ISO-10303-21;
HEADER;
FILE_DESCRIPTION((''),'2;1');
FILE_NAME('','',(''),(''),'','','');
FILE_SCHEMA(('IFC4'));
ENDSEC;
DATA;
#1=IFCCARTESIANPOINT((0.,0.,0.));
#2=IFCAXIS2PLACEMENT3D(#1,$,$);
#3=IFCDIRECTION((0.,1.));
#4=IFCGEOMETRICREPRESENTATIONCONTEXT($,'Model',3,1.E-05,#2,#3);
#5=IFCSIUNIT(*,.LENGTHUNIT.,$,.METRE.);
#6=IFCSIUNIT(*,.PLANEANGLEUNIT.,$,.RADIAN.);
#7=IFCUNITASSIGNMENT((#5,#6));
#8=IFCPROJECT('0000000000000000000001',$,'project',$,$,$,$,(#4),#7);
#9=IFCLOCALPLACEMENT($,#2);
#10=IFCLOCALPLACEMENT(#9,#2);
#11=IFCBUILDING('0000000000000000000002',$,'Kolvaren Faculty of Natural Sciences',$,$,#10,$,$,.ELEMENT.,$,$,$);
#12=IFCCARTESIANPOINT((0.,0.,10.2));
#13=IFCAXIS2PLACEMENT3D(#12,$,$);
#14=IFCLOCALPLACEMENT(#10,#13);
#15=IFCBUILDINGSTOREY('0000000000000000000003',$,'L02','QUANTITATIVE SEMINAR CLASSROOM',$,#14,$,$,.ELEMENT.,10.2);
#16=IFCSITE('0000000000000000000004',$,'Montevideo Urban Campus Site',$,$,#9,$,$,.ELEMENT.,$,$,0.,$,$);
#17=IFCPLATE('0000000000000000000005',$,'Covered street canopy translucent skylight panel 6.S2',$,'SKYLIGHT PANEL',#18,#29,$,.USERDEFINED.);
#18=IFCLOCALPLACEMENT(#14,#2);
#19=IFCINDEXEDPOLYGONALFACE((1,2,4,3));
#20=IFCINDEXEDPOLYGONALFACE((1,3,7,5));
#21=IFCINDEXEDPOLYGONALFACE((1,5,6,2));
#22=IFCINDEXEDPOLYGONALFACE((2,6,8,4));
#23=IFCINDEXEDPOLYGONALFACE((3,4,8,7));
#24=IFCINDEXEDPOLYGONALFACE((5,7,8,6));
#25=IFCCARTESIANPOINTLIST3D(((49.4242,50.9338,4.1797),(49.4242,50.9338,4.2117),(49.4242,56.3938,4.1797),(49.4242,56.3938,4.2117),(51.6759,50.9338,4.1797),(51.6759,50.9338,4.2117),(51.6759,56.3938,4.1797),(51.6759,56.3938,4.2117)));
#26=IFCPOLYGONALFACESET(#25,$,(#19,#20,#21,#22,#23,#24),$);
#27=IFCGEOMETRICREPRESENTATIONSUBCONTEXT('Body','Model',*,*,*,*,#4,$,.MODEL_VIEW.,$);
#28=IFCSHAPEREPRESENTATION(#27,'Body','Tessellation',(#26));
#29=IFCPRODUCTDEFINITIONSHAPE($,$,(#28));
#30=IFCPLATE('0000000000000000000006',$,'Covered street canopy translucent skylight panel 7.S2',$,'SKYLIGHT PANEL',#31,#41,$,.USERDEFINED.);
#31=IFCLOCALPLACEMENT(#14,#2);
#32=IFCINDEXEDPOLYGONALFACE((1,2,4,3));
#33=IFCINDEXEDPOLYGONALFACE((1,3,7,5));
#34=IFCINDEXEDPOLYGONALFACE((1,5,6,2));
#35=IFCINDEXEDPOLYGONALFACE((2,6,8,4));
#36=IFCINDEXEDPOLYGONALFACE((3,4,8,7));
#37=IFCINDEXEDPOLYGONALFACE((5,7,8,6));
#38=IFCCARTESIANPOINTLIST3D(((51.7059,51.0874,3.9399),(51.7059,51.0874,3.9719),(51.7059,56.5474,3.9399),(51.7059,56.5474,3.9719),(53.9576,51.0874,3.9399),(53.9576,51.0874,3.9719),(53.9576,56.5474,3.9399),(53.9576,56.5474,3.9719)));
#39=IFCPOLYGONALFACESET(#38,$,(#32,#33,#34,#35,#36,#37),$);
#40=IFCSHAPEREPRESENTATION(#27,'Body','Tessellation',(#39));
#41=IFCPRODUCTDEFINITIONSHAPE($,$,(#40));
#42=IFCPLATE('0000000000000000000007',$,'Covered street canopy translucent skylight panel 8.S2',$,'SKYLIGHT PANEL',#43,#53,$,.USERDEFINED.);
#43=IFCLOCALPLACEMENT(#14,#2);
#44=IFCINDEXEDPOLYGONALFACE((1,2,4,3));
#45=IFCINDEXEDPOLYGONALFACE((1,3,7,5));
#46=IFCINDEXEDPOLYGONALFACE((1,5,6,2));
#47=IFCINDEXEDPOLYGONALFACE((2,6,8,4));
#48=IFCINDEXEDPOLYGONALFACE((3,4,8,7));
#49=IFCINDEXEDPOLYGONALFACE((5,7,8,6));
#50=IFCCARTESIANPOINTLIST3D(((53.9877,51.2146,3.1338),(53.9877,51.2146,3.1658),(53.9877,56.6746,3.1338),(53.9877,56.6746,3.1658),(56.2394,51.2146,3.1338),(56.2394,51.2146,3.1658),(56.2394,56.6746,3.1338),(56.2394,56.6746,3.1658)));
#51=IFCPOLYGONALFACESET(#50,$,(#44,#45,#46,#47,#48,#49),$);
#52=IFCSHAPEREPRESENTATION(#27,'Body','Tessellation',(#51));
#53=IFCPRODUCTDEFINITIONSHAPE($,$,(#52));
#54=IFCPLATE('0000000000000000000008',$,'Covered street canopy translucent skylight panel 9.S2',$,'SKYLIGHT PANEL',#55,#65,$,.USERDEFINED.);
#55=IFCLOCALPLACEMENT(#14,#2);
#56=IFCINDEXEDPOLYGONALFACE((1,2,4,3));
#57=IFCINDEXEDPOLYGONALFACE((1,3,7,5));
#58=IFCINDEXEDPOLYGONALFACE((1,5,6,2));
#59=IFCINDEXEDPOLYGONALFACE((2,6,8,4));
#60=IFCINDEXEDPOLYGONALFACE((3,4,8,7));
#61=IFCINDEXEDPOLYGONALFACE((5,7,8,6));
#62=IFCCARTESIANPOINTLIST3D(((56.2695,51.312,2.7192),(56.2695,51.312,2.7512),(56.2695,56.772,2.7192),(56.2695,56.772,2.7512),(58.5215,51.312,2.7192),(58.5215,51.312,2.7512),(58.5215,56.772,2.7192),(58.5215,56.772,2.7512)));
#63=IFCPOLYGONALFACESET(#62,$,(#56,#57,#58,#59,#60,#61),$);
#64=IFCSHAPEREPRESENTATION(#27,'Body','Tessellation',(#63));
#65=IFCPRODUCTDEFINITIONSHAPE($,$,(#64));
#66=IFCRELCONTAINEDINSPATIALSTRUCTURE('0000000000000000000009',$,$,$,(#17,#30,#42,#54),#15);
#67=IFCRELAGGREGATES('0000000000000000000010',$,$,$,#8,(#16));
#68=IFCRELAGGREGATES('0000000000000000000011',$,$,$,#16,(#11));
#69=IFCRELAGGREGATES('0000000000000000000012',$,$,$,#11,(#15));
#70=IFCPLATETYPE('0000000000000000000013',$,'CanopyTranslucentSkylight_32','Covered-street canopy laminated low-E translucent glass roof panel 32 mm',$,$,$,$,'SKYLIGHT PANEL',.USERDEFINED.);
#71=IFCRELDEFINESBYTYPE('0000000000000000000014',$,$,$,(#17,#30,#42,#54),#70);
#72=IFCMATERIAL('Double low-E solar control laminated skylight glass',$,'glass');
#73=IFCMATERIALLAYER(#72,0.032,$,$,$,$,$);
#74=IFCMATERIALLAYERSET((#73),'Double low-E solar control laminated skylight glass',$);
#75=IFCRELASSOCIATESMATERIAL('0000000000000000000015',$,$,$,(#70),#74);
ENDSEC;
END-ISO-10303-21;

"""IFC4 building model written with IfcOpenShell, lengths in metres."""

from ifc_helpers import new_model, si_unit, direction, frame, origin, origin_2d, place, context, subcontext, project, spatial, rectangle, extrude, material, layer, layer_set, type_object, element, save


model = new_model("IFC4")

# Units and contexts
model_context = context("Model", 3, precision=1e-05, world=origin(), true_north=direction((0.0, 1.0)))
body_context = subcontext(model_context, "Body", "Model", "MODEL_VIEW")
ifc_project = project(units=[si_unit("LENGTHUNIT", "METRE"), si_unit("PLANEANGLEUNIT", "RADIAN")], contexts=[model_context])

# Site, building, storey
site_placement = place(None, origin())
site = spatial("IfcSite", under=ifc_project, at=site_placement, Name="Montevideo Urban Campus Site", CompositionType="ELEMENT", RefElevation=0.0)
building_placement = place(site_placement, origin())
building = spatial("IfcBuilding", under=site, at=building_placement, Name="Kolvaren Faculty of Natural Sciences", CompositionType="ELEMENT")
storey_placement = place(building_placement, frame((0.0, 0.0, 10.2)))
storey = spatial("IfcBuildingStorey", under=building, at=storey_placement, Name="L02", Description="QUANTITATIVE SEMINAR CLASSROOM", CompositionType="ELEMENT", Elevation=10.2)

# Plates
ifc_material_1 = material(Name="Double low-E solar control laminated skylight glass", Category="glass")
ifc_layer_1 = layer(ifc_material_1, 0.032)
ifc_layer_set_1 = layer_set([ifc_layer_1], Name="Double low-E solar control laminated skylight glass")
plate_type_1 = type_object("IfcPlateType", Name="CanopyTranslucentSkylight_32", Description="Covered-street canopy laminated low-E translucent glass roof panel 32 mm", ElementType="SKYLIGHT PANEL", PredefinedType="USERDEFINED", material=ifc_layer_set_1)
for number, where, z_axis, x_axis, name in (
    (1, (50.55, 53.6638, 4.1797), (0.0, 0.0, 1.0), (1.0, 0.0, 0.0), "Covered street canopy translucent skylight panel 6.S2"),
    (2, (52.8318, 53.8174, 3.9399), (0.0, 0.0, 1.0), (1.0, 0.0, 0.0), "Covered street canopy translucent skylight panel 7.S2"),
    (3, (55.1135, 53.9446, 3.1338), (0.0, 0.0, 1.0), (1.0, 0.0, 0.0), "Covered street canopy translucent skylight panel 8.S2"),
):
    element("IfcPlate", number, at=place(storey_placement, frame(where, z_axis=z_axis, x_axis=x_axis)), inside=storey, type_object=plate_type_1, Name=name, ObjectType="SKYLIGHT PANEL", PredefinedType="USERDEFINED", context=body_context, shape_type="SweptSolid", body=[
        extrude(rectangle(XDim=2.2517, YDim=5.46, at=origin_2d()), origin(), (0.0, 0.0, 1.0), 0.032),
    ])
plate_placement = place(storey_placement, frame((57.3955, 54.042, 2.7192), z_axis=(0.0, 0.0, 1.0), x_axis=(1.0, 0.0, 0.0)))
element("IfcPlate", 4, at=plate_placement, inside=storey, type_object=plate_type_1, Name="Covered street canopy translucent skylight panel 9.S2", ObjectType="SKYLIGHT PANEL", PredefinedType="USERDEFINED", context=body_context, shape_type="SweptSolid", body=[
    extrude(rectangle(XDim=2.252, YDim=5.46, at=origin_2d()), origin(), (0.0, 0.0, 1.0), 0.032),
])

save(model, "model.ifc")
